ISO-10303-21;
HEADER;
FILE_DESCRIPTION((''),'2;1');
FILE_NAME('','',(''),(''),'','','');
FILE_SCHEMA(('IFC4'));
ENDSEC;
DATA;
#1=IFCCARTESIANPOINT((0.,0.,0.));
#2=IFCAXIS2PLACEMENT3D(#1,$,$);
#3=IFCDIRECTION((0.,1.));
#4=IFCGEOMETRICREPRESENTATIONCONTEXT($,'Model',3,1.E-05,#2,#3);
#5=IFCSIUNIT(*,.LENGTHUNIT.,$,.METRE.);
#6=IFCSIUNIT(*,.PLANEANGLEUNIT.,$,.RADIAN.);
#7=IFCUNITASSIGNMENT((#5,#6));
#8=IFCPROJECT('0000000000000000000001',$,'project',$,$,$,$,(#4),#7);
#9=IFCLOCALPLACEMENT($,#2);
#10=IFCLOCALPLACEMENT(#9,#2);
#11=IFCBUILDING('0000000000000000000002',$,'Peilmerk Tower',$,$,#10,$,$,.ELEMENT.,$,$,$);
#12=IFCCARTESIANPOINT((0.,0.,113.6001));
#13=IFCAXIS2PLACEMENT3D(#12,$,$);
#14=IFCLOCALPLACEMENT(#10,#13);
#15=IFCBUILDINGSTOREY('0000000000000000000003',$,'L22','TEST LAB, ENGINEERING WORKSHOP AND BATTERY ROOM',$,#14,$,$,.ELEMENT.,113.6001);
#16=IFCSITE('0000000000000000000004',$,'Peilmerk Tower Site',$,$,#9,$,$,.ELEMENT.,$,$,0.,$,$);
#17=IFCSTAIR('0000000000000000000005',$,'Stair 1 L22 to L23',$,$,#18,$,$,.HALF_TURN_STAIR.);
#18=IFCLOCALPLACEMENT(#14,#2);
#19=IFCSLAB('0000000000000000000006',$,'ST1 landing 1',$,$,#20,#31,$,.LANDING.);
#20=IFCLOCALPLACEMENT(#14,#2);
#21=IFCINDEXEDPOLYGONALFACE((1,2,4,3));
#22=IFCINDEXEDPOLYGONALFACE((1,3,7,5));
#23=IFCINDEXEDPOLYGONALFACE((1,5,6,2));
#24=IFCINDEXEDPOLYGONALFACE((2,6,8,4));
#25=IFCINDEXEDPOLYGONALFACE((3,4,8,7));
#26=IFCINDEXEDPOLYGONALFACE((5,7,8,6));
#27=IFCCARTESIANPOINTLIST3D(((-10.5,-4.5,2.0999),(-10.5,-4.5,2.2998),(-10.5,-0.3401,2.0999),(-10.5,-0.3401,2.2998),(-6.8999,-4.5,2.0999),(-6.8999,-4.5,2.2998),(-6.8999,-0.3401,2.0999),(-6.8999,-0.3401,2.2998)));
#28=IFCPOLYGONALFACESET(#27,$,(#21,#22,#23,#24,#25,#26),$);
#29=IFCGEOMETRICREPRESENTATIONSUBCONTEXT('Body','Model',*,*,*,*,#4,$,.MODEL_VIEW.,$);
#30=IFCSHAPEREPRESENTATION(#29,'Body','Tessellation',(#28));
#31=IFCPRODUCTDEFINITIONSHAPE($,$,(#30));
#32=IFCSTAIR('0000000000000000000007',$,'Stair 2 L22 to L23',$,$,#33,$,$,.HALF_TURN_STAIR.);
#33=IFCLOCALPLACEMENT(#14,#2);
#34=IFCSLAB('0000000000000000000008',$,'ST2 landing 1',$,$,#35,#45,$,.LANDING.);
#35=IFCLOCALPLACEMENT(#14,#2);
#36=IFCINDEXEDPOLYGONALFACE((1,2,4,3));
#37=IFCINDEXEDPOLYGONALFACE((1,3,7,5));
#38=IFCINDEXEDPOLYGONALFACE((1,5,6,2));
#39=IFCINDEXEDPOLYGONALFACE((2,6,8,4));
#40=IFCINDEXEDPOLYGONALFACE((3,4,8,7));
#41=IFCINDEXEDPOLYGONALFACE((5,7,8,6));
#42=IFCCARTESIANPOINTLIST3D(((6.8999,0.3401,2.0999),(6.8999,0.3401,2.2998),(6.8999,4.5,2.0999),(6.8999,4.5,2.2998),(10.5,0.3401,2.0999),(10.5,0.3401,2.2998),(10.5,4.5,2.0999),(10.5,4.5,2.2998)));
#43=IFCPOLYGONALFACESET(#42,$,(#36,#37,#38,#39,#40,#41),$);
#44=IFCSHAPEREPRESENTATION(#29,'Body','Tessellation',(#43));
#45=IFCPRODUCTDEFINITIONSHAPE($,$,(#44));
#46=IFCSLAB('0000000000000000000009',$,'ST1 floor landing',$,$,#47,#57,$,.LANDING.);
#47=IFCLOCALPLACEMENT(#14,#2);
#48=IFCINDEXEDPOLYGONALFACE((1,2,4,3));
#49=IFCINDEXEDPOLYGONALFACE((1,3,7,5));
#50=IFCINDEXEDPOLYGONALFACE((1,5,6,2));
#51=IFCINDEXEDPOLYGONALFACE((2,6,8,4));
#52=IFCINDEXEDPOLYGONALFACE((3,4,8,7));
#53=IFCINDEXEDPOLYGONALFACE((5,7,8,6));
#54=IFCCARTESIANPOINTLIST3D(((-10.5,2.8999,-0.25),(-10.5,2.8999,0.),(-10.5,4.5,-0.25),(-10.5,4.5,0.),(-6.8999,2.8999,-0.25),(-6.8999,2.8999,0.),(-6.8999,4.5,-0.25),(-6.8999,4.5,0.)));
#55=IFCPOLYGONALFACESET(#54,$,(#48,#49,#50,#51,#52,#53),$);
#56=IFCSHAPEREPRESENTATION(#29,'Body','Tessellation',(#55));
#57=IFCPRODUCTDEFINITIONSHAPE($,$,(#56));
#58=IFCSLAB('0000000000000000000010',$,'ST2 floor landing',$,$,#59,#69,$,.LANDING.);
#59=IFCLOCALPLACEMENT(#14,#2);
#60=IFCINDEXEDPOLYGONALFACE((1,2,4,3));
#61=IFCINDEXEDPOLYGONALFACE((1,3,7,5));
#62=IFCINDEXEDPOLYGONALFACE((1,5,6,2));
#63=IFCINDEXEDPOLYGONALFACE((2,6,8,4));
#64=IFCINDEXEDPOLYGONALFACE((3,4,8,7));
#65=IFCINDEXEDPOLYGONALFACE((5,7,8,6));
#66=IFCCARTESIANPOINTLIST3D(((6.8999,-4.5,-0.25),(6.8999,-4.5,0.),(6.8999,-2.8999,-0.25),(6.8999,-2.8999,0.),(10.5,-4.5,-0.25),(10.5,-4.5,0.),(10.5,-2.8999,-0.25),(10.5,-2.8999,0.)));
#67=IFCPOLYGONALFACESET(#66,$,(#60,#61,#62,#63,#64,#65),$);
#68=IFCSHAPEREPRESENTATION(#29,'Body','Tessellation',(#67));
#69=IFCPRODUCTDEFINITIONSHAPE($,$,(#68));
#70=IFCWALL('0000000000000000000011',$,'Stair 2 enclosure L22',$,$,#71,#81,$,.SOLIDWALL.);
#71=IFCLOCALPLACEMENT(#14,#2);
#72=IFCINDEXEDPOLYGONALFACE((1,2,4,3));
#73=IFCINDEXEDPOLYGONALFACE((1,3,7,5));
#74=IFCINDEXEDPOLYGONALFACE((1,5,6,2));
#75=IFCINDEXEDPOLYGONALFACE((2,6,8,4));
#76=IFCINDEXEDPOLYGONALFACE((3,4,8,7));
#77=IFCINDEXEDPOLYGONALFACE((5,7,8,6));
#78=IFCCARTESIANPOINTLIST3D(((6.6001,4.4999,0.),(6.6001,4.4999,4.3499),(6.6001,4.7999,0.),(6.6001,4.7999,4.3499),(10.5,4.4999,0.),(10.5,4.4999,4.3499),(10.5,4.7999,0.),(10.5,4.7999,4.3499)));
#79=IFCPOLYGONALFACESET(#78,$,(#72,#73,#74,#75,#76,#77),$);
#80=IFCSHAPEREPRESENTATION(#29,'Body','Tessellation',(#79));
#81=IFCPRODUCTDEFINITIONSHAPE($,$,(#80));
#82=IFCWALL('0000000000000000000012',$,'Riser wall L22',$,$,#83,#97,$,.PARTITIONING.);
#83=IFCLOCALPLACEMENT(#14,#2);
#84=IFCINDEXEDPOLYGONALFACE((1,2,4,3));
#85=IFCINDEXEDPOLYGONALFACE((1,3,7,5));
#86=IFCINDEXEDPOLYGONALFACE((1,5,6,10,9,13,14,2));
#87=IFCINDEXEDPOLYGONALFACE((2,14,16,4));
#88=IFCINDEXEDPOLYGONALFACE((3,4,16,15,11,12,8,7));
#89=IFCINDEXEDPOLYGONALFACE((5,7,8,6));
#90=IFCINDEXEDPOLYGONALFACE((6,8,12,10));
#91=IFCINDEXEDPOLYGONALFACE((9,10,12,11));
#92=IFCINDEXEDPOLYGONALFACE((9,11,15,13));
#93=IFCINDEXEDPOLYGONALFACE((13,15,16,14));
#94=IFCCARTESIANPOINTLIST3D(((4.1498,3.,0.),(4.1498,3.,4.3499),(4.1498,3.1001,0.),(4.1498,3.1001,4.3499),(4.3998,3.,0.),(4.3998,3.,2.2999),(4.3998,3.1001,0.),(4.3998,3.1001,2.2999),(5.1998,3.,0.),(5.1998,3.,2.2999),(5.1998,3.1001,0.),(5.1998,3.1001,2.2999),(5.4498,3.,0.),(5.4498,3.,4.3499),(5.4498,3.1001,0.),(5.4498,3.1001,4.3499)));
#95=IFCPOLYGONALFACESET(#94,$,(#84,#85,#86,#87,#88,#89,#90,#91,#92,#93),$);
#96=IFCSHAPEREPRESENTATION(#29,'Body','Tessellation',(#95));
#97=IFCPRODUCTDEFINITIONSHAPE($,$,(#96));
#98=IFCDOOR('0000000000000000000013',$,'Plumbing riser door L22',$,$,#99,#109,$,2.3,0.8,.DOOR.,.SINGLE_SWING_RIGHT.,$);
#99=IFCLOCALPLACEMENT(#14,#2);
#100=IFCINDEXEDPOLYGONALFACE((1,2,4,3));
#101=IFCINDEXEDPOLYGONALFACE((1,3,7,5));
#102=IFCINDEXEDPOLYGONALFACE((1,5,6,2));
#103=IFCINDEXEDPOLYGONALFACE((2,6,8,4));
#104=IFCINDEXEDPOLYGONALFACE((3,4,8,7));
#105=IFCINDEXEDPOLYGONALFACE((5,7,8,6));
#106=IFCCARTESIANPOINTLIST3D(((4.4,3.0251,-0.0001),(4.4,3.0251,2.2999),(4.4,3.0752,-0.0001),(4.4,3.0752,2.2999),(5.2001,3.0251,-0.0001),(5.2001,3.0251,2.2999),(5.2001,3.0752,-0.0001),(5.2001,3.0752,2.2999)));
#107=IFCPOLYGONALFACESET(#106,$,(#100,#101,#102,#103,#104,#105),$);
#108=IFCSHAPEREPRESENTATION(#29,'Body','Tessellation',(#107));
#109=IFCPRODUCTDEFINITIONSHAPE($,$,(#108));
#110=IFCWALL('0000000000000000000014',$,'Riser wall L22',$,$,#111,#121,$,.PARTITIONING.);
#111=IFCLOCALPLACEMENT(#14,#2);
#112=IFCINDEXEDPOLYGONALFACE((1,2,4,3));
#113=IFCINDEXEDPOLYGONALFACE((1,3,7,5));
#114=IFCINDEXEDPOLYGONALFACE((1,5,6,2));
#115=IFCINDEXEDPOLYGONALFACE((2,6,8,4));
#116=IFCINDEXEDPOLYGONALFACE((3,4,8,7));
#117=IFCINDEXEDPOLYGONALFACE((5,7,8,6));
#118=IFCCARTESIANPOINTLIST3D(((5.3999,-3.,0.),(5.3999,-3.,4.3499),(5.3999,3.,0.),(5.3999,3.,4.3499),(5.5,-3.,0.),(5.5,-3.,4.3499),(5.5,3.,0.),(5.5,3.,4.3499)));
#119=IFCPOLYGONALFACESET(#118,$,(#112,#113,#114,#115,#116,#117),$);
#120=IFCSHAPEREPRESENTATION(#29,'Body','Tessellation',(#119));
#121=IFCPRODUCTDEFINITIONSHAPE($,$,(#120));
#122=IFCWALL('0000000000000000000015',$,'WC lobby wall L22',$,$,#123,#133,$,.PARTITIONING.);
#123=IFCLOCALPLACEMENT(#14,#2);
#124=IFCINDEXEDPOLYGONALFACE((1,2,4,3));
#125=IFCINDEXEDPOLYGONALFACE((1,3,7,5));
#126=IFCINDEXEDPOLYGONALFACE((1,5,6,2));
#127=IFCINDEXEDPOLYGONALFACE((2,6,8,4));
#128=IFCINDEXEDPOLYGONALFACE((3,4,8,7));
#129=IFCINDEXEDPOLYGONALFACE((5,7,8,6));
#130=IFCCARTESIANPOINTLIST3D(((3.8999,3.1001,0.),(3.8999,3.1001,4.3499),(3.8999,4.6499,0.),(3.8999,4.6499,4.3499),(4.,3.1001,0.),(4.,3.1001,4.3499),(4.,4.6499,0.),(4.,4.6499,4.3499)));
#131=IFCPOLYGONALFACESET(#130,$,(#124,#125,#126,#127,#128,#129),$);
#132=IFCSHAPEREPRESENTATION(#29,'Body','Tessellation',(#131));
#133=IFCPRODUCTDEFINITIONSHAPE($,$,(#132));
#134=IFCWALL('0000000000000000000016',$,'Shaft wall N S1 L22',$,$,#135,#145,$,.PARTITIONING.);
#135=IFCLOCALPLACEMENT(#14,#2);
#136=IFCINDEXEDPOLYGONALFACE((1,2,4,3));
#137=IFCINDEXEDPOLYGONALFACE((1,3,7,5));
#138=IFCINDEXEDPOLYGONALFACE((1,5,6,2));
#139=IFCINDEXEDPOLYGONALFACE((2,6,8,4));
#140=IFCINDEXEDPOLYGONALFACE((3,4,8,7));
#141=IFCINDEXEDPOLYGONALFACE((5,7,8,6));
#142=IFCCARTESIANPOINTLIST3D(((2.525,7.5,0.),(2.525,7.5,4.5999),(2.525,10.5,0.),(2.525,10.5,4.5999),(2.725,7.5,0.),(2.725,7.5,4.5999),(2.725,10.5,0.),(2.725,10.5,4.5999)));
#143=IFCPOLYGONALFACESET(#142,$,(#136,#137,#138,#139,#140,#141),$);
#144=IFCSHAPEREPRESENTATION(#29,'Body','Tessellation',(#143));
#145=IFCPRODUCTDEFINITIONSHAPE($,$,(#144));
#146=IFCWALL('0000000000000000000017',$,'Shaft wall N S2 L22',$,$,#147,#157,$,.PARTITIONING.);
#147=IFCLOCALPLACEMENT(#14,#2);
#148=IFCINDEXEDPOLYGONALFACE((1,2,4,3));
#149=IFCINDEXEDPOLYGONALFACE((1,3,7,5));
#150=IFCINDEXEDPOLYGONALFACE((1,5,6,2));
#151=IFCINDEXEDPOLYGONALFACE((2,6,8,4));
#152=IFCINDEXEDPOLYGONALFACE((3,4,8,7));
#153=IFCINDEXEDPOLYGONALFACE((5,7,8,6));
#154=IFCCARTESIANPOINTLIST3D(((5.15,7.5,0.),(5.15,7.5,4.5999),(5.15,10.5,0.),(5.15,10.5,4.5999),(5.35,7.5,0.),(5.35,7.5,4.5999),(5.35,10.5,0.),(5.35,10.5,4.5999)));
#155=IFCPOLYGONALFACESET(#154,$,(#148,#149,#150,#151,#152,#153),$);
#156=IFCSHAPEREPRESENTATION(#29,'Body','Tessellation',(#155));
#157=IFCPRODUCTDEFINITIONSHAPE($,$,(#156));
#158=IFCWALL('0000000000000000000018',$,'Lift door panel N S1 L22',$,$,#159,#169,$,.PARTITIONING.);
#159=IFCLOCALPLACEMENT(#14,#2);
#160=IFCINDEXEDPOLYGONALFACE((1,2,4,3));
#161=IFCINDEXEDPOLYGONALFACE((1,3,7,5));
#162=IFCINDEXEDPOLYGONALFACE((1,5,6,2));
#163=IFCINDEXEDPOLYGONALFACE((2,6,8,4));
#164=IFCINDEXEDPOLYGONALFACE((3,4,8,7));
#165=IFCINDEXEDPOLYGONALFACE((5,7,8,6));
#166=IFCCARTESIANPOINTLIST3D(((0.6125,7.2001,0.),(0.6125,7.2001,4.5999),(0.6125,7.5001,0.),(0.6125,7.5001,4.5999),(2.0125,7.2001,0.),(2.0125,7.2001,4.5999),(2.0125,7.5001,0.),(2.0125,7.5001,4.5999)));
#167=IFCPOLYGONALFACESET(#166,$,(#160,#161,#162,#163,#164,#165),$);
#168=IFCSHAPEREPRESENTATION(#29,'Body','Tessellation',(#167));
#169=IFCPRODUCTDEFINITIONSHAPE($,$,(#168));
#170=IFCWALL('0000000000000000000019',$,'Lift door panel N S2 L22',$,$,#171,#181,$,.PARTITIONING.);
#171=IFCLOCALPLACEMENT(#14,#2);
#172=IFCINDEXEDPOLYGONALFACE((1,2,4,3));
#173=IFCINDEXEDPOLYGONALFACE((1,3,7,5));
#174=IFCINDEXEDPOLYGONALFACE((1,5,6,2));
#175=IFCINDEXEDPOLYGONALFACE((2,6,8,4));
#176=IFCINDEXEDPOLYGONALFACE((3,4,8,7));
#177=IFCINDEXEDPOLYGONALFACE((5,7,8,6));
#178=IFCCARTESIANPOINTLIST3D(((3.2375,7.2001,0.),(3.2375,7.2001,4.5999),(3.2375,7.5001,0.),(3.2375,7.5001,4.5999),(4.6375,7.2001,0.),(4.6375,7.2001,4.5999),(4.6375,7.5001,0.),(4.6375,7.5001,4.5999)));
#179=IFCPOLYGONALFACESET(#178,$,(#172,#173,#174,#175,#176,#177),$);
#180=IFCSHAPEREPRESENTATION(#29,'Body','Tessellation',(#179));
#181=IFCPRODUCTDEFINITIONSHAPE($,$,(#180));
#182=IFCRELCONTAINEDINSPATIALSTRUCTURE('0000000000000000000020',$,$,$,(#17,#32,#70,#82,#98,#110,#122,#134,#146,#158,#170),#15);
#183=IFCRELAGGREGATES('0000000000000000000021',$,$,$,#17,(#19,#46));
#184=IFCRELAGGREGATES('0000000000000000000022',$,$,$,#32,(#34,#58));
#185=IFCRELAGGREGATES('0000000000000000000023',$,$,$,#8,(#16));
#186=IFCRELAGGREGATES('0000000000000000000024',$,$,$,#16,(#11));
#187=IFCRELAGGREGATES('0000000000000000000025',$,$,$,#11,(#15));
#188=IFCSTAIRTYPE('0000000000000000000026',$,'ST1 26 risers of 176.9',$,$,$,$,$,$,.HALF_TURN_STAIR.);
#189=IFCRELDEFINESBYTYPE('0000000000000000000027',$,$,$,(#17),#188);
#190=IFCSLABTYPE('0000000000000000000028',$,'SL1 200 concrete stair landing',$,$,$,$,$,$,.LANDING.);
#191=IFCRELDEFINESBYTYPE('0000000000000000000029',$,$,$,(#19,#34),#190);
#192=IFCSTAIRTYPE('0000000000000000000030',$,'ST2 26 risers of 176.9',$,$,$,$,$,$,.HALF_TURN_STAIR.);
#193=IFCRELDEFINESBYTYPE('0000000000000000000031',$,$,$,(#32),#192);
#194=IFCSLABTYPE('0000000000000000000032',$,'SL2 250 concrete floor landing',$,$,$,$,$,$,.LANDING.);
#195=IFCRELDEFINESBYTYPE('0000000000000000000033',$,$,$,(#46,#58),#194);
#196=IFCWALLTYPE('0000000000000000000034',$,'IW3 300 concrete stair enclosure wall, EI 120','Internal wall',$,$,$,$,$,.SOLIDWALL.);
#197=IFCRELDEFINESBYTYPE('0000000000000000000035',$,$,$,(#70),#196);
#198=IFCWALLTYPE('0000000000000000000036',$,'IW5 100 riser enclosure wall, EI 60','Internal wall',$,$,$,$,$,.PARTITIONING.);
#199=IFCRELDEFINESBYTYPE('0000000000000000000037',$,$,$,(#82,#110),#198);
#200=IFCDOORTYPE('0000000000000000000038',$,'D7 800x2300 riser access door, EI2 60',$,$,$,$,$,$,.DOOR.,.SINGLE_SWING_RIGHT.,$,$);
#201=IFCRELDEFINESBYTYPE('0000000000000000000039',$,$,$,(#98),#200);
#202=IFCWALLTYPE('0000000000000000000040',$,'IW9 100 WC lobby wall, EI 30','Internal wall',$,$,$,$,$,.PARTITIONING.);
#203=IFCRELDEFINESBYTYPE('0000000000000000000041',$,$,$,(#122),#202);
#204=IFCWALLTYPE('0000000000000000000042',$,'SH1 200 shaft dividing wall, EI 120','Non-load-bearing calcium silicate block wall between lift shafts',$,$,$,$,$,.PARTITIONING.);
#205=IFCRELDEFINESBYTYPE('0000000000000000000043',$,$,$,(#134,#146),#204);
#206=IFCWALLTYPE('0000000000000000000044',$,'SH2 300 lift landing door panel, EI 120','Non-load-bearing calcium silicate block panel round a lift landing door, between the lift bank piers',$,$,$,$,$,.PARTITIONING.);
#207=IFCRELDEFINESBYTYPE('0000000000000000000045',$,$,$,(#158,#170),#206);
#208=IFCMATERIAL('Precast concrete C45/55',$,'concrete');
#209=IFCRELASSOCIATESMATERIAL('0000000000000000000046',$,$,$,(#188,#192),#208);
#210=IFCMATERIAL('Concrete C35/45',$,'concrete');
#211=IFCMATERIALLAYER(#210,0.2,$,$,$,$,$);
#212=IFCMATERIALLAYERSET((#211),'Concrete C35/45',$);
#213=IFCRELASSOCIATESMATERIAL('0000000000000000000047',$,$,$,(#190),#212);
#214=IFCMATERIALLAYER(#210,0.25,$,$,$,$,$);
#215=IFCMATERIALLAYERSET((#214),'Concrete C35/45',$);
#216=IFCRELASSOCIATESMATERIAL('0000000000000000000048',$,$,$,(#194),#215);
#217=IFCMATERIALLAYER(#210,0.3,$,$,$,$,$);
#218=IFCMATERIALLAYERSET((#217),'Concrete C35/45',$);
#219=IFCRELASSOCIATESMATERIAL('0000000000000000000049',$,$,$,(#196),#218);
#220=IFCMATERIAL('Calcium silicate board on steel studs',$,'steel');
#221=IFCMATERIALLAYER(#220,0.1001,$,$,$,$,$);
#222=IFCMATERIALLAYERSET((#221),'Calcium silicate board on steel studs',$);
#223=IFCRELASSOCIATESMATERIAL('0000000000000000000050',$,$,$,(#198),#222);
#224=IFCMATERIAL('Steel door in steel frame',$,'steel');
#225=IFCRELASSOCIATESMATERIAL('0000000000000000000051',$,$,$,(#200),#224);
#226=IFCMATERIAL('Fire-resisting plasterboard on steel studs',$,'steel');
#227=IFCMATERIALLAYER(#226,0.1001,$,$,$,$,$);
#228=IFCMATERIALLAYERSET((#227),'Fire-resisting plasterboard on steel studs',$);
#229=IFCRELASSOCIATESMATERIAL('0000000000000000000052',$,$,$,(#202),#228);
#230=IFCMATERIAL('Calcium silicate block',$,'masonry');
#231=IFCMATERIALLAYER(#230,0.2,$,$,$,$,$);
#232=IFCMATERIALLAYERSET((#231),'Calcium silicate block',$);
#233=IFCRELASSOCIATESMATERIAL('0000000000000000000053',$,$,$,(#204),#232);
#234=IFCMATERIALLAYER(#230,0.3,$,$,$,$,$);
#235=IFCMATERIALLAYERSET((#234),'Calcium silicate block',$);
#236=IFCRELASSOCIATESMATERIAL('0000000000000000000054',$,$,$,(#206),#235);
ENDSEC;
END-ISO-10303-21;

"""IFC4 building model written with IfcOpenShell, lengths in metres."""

from ifc_helpers import new_model, si_unit, direction, frame, frame_2d, origin, place, context, subcontext, project, spatial, polyline, rectangle, outline, extrude, material, layer, layer_set, type_object, element, fill, aggregate, save


model = new_model("IFC4")

# Units and contexts
model_context = context("Model", 3, precision=1e-05, world=origin(), true_north=direction((0.0, 1.0)))
body_context = subcontext(model_context, "Body", "Model", "MODEL_VIEW")
ifc_project = project(units=[si_unit("LENGTHUNIT", "METRE"), si_unit("PLANEANGLEUNIT", "RADIAN")], contexts=[model_context])

# Site, building, storey
site_placement = place(None, origin())
site = spatial("IfcSite", under=ifc_project, at=site_placement, Name="Peilmerk Tower Site", CompositionType="ELEMENT", RefElevation=0.0)
building_placement = place(site_placement, origin())
building = spatial("IfcBuilding", under=site, at=building_placement, Name="Peilmerk Tower", CompositionType="ELEMENT")
storey_placement = place(building_placement, frame((0.0, 0.0, 113.6001)))
storey = spatial("IfcBuildingStorey", under=building, at=storey_placement, Name="L22", Description="TEST LAB, ENGINEERING WORKSHOP AND BATTERY ROOM", CompositionType="ELEMENT", Elevation=113.6001)

# Stairs, slabs
ifc_material_1 = material(Name="Precast concrete C45/55", Category="concrete")
stair_type_1 = type_object("IfcStairType", Name="ST1 26 risers of 176.9", PredefinedType="HALF_TURN_STAIR", material=ifc_material_1)
stair_1_placement = place(storey_placement, origin())
stair_1 = element("IfcStair", 1, at=stair_1_placement, inside=storey, type_object=stair_type_1, Name="Stair 1 L22 to L23", PredefinedType="HALF_TURN_STAIR")
ifc_material_2 = material(Name="Concrete C35/45", Category="concrete")
ifc_layer_1 = layer(ifc_material_2, 0.2)
ifc_layer_set_1 = layer_set([ifc_layer_1], Name="Concrete C35/45")
slab_type_1 = type_object("IfcSlabType", Name="SL1 200 concrete stair landing", PredefinedType="LANDING", material=ifc_layer_set_1)
slab_1_placement = place(storey_placement, frame((0.0, 0.0, 2.0999)))
slab_1 = element("IfcSlab", 2, at=slab_1_placement, type_object=slab_type_1, Name="ST1 landing 1", PredefinedType="LANDING", context=body_context, shape_type="SweptSolid", body=[
    extrude(outline(polyline([(-10.5, -4.5), (-6.8999, -4.5), (-6.8999, -0.3401), (-10.5, -0.3401), (-10.5, -4.5)])), origin(), (0.0, 0.0, 1.0), 0.2),
])
stair_type_2 = type_object("IfcStairType", Name="ST2 26 risers of 176.9", PredefinedType="HALF_TURN_STAIR", material=ifc_material_1)
stair_2_placement = place(storey_placement, origin())
stair_2 = element("IfcStair", 3, at=stair_2_placement, inside=storey, type_object=stair_type_2, Name="Stair 2 L22 to L23", PredefinedType="HALF_TURN_STAIR")
slab_2_placement = place(storey_placement, frame((0.0, 0.0, 2.0999)))
slab_2 = element("IfcSlab", 4, at=slab_2_placement, type_object=slab_type_1, Name="ST2 landing 1", PredefinedType="LANDING", context=body_context, shape_type="SweptSolid", body=[
    extrude(outline(polyline([(6.8999, 0.3401), (10.5, 0.3401), (10.5, 4.5), (6.8999, 4.5), (6.8999, 0.3401)])), origin(), (0.0, 0.0, 1.0), 0.2),
])

# Slabs
ifc_layer_2 = layer(ifc_material_2, 0.25)
ifc_layer_set_2 = layer_set([ifc_layer_2], Name="Concrete C35/45")
slab_type_2 = type_object("IfcSlabType", Name="SL2 250 concrete floor landing", PredefinedType="LANDING", material=ifc_layer_set_2)
slab_3_placement = place(storey_placement, frame((0.0, 0.0, -0.25)))
slab_3 = element("IfcSlab", 5, at=slab_3_placement, type_object=slab_type_2, Name="ST1 floor landing", PredefinedType="LANDING", context=body_context, shape_type="SweptSolid", body=[
    extrude(outline(polyline([(-10.5, 2.8999), (-6.8999, 2.8999), (-6.8999, 4.5), (-10.5, 4.5), (-10.5, 2.8999)])), origin(), (0.0, 0.0, 1.0), 0.25),
])
aggregate(stair_1, [slab_1, slab_3])
slab_4_placement = place(storey_placement, frame((0.0, 0.0, -0.25)))
slab_4 = element("IfcSlab", 6, at=slab_4_placement, type_object=slab_type_2, Name="ST2 floor landing", PredefinedType="LANDING", context=body_context, shape_type="SweptSolid", body=[
    extrude(outline(polyline([(6.8999, -4.5), (10.5, -4.5), (10.5, -2.8999), (6.8999, -2.8999), (6.8999, -4.5)])), origin(), (0.0, 0.0, 1.0), 0.25),
])
aggregate(stair_2, [slab_2, slab_4])

# Wall
ifc_layer_3 = layer(ifc_material_2, 0.3)
ifc_layer_set_3 = layer_set([ifc_layer_3], Name="Concrete C35/45")
wall_type_1 = type_object("IfcWallType", Name="IW3 300 concrete stair enclosure wall, EI 120", Description="Internal wall", PredefinedType="SOLIDWALL", material=ifc_layer_set_3)
wall_1_placement = place(storey_placement, frame((6.6001, 4.6499, 0.0), z_axis=(0.0, 0.0, 1.0), x_axis=(1.0, 0.0, 0.0)))
element("IfcWall", 7, at=wall_1_placement, inside=storey, type_object=wall_type_1, Name="Stair 2 enclosure L22", PredefinedType="SOLIDWALL", context=body_context, shape_type="SweptSolid", body=[
    extrude(rectangle(XDim=3.8999, YDim=0.3, at=frame_2d((1.95, 0.0))), origin(), (0.0, 0.0, 1.0), 4.3499),
])

# Wall, opening, door
ifc_material_3 = material(Name="Calcium silicate board on steel studs", Category="steel")
ifc_layer_4 = layer(ifc_material_3, 0.1001)
ifc_layer_set_4 = layer_set([ifc_layer_4], Name="Calcium silicate board on steel studs")
wall_type_2 = type_object("IfcWallType", Name="IW5 100 riser enclosure wall, EI 60", Description="Internal wall", PredefinedType="PARTITIONING", material=ifc_layer_set_4)
wall_2_placement = place(storey_placement, frame((4.1499, 3.05, 0.0), z_axis=(0.0, 0.0, 1.0), x_axis=(1.0, 0.0, 0.0)))
wall_2 = element("IfcWall", 8, at=wall_2_placement, inside=storey, type_object=wall_type_2, Name="Riser wall L22", PredefinedType="PARTITIONING", context=body_context, shape_type="SweptSolid", body=[
    extrude(rectangle(XDim=1.3, YDim=0.1001, at=frame_2d((0.6499, 0.0))), origin(), (0.0, 0.0, 1.0), 4.3499),
])
opening_1_placement = place(wall_2_placement, frame((0.25, 0.0, 0.0)))
opening_1 = element("IfcOpeningElement", 9, at=opening_1_placement, cuts=wall_2, PredefinedType="OPENING", context=body_context, shape_type="SweptSolid", body=[
    extrude(rectangle(XDim=0.8, YDim=2.3, at=frame_2d((0.3999, 1.1499))), frame((0.0, 0.0601, 0.0), z_axis=(0.0, -1.0, 0.0), x_axis=(1.0, 0.0, 0.0)), (0.0, 0.0, 1.0), 0.1201),
])
ifc_material_4 = material(Name="Steel door in steel frame", Category="steel")
door_type_1 = type_object("IfcDoorType", Name="D7 800x2300 riser access door, EI2 60", OperationType="SINGLE_SWING_RIGHT", PredefinedType="DOOR", material=ifc_material_4)
door_1_placement = place(opening_1_placement, frame((0.8, 0.0, 0.0), z_axis=(0.0, 0.0, 1.0), x_axis=(-1.0, 0.0, 0.0)))
door_1 = element("IfcDoor", 10, at=door_1_placement, inside=storey, type_object=door_type_1, Name="Plumbing riser door L22", OperationType="SINGLE_SWING_RIGHT", OverallHeight=2.3, OverallWidth=0.8, PredefinedType="DOOR", context=body_context, shape_type="SweptSolid", body=[
    extrude(rectangle(XDim=0.8, YDim=2.3, at=frame_2d((0.3999, 1.1499))), frame((0.0, 0.0249, 0.0), z_axis=(0.0, -1.0, 0.0), x_axis=(1.0, 0.0, 0.0)), (0.0, 0.0, 1.0), 0.05),
])
fill(opening_1, door_1)

# Walls
wall_3_placement = place(storey_placement, frame((5.45, 3.0, 0.0), z_axis=(0.0, 0.0, 1.0), x_axis=(0.0, -1.0, 0.0)))
element("IfcWall", 11, at=wall_3_placement, inside=storey, type_object=wall_type_2, Name="Riser wall L22", PredefinedType="PARTITIONING", context=body_context, shape_type="SweptSolid", body=[
    extrude(rectangle(XDim=6.0, YDim=0.1001, at=frame_2d((3.0, 0.0))), origin(), (0.0, 0.0, 1.0), 4.3499),
])
ifc_material_5 = material(Name="Fire-resisting plasterboard on steel studs", Category="steel")
ifc_layer_5 = layer(ifc_material_5, 0.1001)
ifc_layer_set_5 = layer_set([ifc_layer_5], Name="Fire-resisting plasterboard on steel studs")
wall_type_3 = type_object("IfcWallType", Name="IW9 100 WC lobby wall, EI 30", Description="Internal wall", PredefinedType="PARTITIONING", material=ifc_layer_set_5)
wall_4_placement = place(storey_placement, frame((3.95, 3.1001, 0.0), z_axis=(0.0, 0.0, 1.0), x_axis=(0.0, 1.0, 0.0)))
element("IfcWall", 12, at=wall_4_placement, inside=storey, type_object=wall_type_3, Name="WC lobby wall L22", PredefinedType="PARTITIONING", context=body_context, shape_type="SweptSolid", body=[
    extrude(rectangle(XDim=1.5498, YDim=0.1001, at=frame_2d((0.7749, 0.0))), origin(), (0.0, 0.0, 1.0), 4.3499),
])
ifc_material_6 = material(Name="Calcium silicate block", Category="masonry")
ifc_layer_6 = layer(ifc_material_6, 0.2)
ifc_layer_set_6 = layer_set([ifc_layer_6], Name="Calcium silicate block")
wall_type_4 = type_object("IfcWallType", Name="SH1 200 shaft dividing wall, EI 120", Description="Non-load-bearing calcium silicate block wall between lift shafts", PredefinedType="PARTITIONING", material=ifc_layer_set_6)
for number, where, z_axis, x_axis, name in (
    (13, (2.625, 7.5, 0.0), (0.0, 0.0, 1.0), (0.0, 1.0, 0.0), "Shaft wall N S1 L22"),
    (14, (5.25, 7.5, 0.0), (0.0, 0.0, 1.0), (0.0, 1.0, 0.0), "Shaft wall N S2 L22"),
):
    element("IfcWall", number, at=place(storey_placement, frame(where, z_axis=z_axis, x_axis=x_axis)), inside=storey, type_object=wall_type_4, Name=name, PredefinedType="PARTITIONING", context=body_context, shape_type="SweptSolid", body=[
        extrude(rectangle(XDim=3.0, YDim=0.2, at=frame_2d((1.5, 0.0))), origin(), (0.0, 0.0, 1.0), 4.5999),
    ])
ifc_layer_7 = layer(ifc_material_6, 0.3)
ifc_layer_set_7 = layer_set([ifc_layer_7], Name="Calcium silicate block")
wall_type_5 = type_object("IfcWallType", Name="SH2 300 lift landing door panel, EI 120", Description="Non-load-bearing calcium silicate block panel round a lift landing door, between the lift bank piers", PredefinedType="PARTITIONING", material=ifc_layer_set_7)
for number, where, z_axis, x_axis, name in (
    (15, (0.6125, 7.3501, 0.0), (0.0, 0.0, 1.0), (1.0, 0.0, 0.0), "Lift door panel N S1 L22"),
    (16, (3.2375, 7.3501, 0.0), (0.0, 0.0, 1.0), (1.0, 0.0, 0.0), "Lift door panel N S2 L22"),
):
    element("IfcWall", number, at=place(storey_placement, frame(where, z_axis=z_axis, x_axis=x_axis)), inside=storey, type_object=wall_type_5, Name=name, PredefinedType="PARTITIONING", context=body_context, shape_type="SweptSolid", body=[
        extrude(rectangle(XDim=1.3999, YDim=0.3, at=frame_2d((0.7, 0.0))), origin(), (0.0, 0.0, 1.0), 4.5999),
    ])

save(model, "model.ifc")
